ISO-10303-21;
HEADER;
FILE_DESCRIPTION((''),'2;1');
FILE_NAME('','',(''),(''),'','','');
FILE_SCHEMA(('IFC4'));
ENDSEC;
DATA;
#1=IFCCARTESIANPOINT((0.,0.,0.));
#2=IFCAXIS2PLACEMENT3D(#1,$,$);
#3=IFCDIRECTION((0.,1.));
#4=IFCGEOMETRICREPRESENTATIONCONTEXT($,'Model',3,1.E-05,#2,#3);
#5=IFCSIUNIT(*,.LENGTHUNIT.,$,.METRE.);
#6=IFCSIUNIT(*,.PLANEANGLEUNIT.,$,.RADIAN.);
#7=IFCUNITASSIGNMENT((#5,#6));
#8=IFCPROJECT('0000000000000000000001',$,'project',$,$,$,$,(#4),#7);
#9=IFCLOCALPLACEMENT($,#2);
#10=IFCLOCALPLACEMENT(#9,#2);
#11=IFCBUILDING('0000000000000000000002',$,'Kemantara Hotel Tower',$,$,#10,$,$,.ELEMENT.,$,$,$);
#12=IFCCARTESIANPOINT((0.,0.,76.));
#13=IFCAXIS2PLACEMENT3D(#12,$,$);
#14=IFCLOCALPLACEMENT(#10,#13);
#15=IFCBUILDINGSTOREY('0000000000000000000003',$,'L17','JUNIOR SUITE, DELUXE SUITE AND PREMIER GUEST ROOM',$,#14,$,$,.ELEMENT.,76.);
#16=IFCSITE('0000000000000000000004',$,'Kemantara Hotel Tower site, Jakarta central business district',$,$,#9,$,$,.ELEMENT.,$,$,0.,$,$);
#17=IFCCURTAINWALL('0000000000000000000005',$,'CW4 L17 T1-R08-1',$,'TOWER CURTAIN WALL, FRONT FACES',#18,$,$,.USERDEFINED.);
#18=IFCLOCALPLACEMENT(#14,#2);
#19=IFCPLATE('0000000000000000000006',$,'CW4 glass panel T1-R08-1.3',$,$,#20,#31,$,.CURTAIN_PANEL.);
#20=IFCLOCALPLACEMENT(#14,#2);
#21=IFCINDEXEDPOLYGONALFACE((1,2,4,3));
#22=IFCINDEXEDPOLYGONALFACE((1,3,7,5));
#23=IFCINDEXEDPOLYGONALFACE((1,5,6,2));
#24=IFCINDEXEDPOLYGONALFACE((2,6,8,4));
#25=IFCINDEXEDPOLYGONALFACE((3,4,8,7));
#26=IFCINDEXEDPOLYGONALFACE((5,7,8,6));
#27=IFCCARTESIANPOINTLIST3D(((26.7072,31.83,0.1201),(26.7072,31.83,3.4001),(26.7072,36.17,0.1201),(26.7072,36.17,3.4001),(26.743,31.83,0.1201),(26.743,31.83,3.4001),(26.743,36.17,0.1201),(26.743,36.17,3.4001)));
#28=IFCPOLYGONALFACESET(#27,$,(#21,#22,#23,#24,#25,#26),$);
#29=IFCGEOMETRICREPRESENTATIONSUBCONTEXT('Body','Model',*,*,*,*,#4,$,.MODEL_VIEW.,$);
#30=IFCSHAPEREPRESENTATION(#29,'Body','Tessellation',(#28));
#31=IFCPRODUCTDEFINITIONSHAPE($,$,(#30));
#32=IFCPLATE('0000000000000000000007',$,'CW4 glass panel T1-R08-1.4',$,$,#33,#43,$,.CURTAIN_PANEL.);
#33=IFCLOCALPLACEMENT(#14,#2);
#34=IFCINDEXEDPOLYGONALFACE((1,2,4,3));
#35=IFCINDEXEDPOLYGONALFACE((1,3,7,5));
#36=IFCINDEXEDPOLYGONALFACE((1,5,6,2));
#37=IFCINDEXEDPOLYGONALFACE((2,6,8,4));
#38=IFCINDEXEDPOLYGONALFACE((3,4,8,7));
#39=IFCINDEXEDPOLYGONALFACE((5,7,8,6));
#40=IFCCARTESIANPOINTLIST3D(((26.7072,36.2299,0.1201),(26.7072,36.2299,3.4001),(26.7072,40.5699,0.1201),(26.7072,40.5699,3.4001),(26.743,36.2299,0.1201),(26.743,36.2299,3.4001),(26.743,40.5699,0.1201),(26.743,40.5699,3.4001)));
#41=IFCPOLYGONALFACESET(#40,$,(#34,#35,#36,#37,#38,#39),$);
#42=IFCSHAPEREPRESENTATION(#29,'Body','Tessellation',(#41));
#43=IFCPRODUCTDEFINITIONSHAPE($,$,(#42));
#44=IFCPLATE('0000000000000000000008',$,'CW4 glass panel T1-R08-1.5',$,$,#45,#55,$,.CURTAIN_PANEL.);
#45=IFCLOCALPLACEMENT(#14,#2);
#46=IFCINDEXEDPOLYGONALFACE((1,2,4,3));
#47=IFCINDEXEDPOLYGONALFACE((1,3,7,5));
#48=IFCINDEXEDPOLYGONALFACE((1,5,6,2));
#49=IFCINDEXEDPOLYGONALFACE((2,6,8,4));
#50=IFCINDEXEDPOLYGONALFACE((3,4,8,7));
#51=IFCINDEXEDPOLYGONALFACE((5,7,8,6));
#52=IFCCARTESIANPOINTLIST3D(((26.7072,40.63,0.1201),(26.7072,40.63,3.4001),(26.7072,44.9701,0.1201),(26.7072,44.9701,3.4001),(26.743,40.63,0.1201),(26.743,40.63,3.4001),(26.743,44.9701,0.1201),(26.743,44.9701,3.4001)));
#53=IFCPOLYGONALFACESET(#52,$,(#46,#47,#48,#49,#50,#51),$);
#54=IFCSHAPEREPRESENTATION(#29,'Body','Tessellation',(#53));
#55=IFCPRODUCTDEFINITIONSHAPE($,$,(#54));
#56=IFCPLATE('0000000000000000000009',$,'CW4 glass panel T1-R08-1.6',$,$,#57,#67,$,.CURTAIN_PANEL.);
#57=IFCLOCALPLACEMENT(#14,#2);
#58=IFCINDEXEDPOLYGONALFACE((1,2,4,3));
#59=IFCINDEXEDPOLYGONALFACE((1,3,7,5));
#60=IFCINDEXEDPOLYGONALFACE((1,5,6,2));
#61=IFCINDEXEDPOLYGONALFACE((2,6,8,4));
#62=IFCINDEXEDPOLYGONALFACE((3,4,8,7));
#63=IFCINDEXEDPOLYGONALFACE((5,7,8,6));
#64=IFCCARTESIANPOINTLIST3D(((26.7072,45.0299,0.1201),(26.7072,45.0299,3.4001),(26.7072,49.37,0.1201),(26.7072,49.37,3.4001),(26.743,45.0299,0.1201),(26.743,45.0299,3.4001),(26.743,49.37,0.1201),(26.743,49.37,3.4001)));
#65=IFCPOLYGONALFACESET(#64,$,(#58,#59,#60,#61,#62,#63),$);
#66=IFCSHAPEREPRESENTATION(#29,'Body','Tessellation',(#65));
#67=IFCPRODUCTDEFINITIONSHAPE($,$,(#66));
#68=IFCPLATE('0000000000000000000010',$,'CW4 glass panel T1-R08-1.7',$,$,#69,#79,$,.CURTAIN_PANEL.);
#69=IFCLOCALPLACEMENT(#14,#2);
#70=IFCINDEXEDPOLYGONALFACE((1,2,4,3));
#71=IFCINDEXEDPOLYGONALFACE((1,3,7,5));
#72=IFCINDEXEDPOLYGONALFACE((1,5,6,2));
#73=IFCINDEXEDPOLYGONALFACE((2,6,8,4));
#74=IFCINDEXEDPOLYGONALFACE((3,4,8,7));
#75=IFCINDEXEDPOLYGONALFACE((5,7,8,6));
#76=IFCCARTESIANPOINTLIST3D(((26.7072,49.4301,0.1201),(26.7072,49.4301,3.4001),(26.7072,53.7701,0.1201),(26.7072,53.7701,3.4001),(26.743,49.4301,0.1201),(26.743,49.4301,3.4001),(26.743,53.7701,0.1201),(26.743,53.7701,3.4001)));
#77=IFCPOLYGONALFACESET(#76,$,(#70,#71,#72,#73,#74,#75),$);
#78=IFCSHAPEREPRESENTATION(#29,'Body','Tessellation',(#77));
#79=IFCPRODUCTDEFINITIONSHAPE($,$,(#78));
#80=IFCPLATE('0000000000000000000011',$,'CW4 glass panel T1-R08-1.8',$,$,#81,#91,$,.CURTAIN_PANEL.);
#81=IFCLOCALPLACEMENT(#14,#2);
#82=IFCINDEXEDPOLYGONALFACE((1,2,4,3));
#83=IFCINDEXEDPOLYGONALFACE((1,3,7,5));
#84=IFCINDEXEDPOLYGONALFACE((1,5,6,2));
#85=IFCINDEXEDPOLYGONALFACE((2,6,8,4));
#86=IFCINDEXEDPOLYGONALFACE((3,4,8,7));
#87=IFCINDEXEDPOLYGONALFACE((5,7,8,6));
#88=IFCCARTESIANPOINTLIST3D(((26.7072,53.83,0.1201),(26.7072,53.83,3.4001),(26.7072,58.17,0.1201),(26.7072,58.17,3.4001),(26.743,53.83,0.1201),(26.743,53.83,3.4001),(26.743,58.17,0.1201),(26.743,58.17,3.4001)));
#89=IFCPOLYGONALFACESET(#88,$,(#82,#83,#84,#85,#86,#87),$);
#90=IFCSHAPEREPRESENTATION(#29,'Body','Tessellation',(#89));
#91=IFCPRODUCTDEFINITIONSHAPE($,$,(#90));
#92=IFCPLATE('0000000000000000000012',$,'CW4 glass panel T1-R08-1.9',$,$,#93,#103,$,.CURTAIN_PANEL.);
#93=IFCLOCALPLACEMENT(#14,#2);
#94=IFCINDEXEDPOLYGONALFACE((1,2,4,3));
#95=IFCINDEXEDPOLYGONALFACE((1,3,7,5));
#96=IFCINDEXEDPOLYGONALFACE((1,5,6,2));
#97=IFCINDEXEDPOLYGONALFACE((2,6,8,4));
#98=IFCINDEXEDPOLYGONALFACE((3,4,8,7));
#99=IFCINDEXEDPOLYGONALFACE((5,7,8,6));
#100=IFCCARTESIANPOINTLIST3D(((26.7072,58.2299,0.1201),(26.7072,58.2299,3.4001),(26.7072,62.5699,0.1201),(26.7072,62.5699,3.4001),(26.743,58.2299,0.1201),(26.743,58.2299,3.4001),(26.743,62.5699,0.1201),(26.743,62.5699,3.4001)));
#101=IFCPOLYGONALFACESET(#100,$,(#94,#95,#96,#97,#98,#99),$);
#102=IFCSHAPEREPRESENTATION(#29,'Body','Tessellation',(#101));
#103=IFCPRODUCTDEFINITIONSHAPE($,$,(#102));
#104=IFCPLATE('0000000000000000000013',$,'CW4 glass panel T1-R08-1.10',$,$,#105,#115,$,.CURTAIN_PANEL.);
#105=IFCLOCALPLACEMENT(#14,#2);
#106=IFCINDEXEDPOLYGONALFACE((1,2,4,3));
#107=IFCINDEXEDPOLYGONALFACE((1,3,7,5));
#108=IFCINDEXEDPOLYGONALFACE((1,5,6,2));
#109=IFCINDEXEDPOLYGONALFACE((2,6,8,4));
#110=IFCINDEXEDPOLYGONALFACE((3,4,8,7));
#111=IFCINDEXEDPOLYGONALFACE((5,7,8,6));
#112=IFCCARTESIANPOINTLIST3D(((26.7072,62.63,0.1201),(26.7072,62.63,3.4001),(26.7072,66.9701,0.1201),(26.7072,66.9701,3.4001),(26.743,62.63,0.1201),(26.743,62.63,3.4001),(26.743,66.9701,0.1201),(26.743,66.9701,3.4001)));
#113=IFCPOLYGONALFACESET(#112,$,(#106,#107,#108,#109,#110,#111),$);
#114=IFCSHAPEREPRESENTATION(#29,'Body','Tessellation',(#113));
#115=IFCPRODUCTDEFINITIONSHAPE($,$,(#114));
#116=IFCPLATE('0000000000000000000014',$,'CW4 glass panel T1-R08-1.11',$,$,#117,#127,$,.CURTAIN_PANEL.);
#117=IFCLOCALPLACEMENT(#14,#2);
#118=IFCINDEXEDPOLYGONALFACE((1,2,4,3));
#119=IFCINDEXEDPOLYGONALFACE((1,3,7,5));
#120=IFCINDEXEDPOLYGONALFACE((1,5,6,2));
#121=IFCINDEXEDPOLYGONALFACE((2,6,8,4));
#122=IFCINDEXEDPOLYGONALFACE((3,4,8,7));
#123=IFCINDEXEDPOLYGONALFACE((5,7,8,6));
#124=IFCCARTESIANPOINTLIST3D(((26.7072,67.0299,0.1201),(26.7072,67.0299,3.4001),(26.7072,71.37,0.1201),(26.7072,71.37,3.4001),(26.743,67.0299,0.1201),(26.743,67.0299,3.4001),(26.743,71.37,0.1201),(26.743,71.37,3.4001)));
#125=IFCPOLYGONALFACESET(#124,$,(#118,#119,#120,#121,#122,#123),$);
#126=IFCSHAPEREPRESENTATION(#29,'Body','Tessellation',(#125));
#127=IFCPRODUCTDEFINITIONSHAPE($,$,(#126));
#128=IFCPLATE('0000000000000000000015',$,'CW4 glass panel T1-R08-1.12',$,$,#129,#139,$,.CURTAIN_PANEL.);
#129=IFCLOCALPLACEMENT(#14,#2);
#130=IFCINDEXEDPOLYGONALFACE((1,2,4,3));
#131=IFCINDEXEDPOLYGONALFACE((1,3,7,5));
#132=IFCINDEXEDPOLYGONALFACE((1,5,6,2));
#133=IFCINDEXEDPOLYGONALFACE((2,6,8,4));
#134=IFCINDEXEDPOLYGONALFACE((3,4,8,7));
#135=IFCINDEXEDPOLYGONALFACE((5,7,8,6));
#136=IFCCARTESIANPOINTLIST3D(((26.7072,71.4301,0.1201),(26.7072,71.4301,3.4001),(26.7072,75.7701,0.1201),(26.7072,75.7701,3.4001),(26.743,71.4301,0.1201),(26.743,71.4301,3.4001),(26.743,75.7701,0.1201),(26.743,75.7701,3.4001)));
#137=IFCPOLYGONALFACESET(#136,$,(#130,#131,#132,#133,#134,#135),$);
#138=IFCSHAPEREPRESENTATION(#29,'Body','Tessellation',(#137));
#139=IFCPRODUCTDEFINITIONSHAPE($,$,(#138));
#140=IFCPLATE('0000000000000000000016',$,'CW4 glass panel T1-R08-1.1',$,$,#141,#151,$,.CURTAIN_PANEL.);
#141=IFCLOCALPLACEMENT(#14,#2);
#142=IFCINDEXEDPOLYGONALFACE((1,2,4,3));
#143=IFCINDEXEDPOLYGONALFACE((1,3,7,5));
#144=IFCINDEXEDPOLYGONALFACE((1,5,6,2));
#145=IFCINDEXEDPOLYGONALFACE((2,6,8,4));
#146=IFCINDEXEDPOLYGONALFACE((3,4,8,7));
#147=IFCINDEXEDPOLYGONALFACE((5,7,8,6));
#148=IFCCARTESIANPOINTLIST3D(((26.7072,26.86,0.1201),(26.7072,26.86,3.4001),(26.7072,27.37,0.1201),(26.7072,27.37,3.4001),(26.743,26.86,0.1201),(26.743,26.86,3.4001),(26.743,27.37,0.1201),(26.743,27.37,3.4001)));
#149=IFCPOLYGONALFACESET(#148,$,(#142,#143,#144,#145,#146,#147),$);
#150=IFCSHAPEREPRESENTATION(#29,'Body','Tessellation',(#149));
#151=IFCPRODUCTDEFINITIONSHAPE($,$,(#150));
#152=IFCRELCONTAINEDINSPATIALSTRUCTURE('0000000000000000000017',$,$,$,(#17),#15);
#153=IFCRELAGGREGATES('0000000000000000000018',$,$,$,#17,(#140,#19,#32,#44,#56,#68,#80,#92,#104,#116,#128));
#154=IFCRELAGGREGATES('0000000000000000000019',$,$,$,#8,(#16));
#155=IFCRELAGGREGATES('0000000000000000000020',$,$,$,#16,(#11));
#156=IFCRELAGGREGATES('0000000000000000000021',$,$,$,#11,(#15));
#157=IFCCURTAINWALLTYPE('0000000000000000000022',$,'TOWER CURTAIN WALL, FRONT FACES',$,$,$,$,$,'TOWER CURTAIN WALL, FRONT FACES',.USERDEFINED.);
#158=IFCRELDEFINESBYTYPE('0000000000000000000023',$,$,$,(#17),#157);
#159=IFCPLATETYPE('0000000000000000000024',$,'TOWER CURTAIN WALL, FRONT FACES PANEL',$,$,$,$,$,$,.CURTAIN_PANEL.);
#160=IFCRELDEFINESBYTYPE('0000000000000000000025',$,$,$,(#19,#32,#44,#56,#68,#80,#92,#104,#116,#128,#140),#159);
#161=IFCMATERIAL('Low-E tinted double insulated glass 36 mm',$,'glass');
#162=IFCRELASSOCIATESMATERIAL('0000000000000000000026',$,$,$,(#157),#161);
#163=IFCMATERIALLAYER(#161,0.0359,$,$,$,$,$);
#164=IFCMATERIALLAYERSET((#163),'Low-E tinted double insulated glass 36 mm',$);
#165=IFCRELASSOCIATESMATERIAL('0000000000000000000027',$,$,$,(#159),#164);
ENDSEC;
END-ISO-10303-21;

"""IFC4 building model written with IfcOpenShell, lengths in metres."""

from ifc_helpers import new_model, si_unit, direction, frame, origin, origin_2d, place, context, subcontext, project, spatial, rectangle, extrude, source, transform, mapped, material, layer, layer_set, type_object, element, aggregate, save


model = new_model("IFC4")

# Units and contexts
model_context = context("Model", 3, precision=1e-05, world=origin(), true_north=direction((0.0, 1.0)))
body_context = subcontext(model_context, "Body", "Model", "MODEL_VIEW")
ifc_project = project(units=[si_unit("LENGTHUNIT", "METRE"), si_unit("PLANEANGLEUNIT", "RADIAN")], contexts=[model_context])

# Site, building, storey
site_placement = place(None, origin())
site = spatial("IfcSite", under=ifc_project, at=site_placement, Name="Kemantara Hotel Tower site, Jakarta central business district", CompositionType="ELEMENT", RefElevation=0.0)
building_placement = place(site_placement, origin())
building = spatial("IfcBuilding", under=site, at=building_placement, Name="Kemantara Hotel Tower", CompositionType="ELEMENT")
storey_placement = place(building_placement, frame((0.0, 0.0, 76.0)))
storey = spatial("IfcBuildingStorey", under=building, at=storey_placement, Name="L17", Description="JUNIOR SUITE, DELUXE SUITE AND PREMIER GUEST ROOM", CompositionType="ELEMENT", Elevation=76.0)

# Curtain wall
ifc_material_1 = material(Name="Low-E tinted double insulated glass 36 mm", Category="glass")
curtain_wall_type = type_object("IfcCurtainWallType", Name="TOWER CURTAIN WALL, FRONT FACES", ElementType="TOWER CURTAIN WALL, FRONT FACES", PredefinedType="USERDEFINED", material=ifc_material_1)
curtain_wall_1_placement = place(storey_placement, origin())
curtain_wall_1 = element("IfcCurtainWall", 1, at=curtain_wall_1_placement, inside=storey, type_object=curtain_wall_type, Name="CW4 L17 T1-R08-1", ObjectType="TOWER CURTAIN WALL, FRONT FACES", PredefinedType="USERDEFINED")

# Plates
ifc_layer = layer(ifc_material_1, 0.0359)
ifc_layer_set = layer_set([ifc_layer], Name="Low-E tinted double insulated glass 36 mm")
plate_type = type_object("IfcPlateType", Name="TOWER CURTAIN WALL, FRONT FACES PANEL", PredefinedType="CURTAIN_PANEL", material=ifc_layer_set)
shared_shape_1 = source(origin(), body_context, "Body", "SweptSolid", [
    extrude(rectangle(XDim=4.3401, YDim=0.0359, at=origin_2d()), origin(), (0.0, 0.0, 1.0), 3.28),
])
plate_1_placement = place(storey_placement, frame((26.7251, 34.0, 0.1201), z_axis=(0.0, 0.0, 1.0), x_axis=(0.0, 1.0, 0.0)))
plate_1 = element("IfcPlate", 2, at=plate_1_placement, type_object=plate_type, Name="CW4 glass panel T1-R08-1.3", PredefinedType="CURTAIN_PANEL", context=body_context, shape_type="MappedRepresentation", body=[
    mapped(shared_shape_1, transform((0.0, 0.0, 0.0))),
])
plate_2_placement = place(storey_placement, frame((26.7251, 38.3999, 0.1201), z_axis=(0.0, 0.0, 1.0), x_axis=(0.0, 1.0, 0.0)))
plate_2 = element("IfcPlate", 3, at=plate_2_placement, type_object=plate_type, Name="CW4 glass panel T1-R08-1.4", PredefinedType="CURTAIN_PANEL", context=body_context, shape_type="MappedRepresentation", body=[
    mapped(shared_shape_1, transform((0.0, 0.0, 0.0))),
])
plate_3_placement = place(storey_placement, frame((26.7251, 42.8, 0.1201), z_axis=(0.0, 0.0, 1.0), x_axis=(0.0, 1.0, 0.0)))
plate_3 = element("IfcPlate", 4, at=plate_3_placement, type_object=plate_type, Name="CW4 glass panel T1-R08-1.5", PredefinedType="CURTAIN_PANEL", context=body_context, shape_type="MappedRepresentation", body=[
    mapped(shared_shape_1, transform((0.0, 0.0, 0.0))),
])
plate_4_placement = place(storey_placement, frame((26.7251, 47.2, 0.1201), z_axis=(0.0, 0.0, 1.0), x_axis=(0.0, 1.0, 0.0)))
plate_4 = element("IfcPlate", 5, at=plate_4_placement, type_object=plate_type, Name="CW4 glass panel T1-R08-1.6", PredefinedType="CURTAIN_PANEL", context=body_context, shape_type="MappedRepresentation", body=[
    mapped(shared_shape_1, transform((0.0, 0.0, 0.0))),
])
plate_5_placement = place(storey_placement, frame((26.7251, 51.6001, 0.1201), z_axis=(0.0, 0.0, 1.0), x_axis=(0.0, 1.0, 0.0)))
plate_5 = element("IfcPlate", 6, at=plate_5_placement, type_object=plate_type, Name="CW4 glass panel T1-R08-1.7", PredefinedType="CURTAIN_PANEL", context=body_context, shape_type="MappedRepresentation", body=[
    mapped(shared_shape_1, transform((0.0, 0.0, 0.0))),
])
plate_6_placement = place(storey_placement, frame((26.7251, 56.0, 0.1201), z_axis=(0.0, 0.0, 1.0), x_axis=(0.0, 1.0, 0.0)))
plate_6 = element("IfcPlate", 7, at=plate_6_placement, type_object=plate_type, Name="CW4 glass panel T1-R08-1.8", PredefinedType="CURTAIN_PANEL", context=body_context, shape_type="MappedRepresentation", body=[
    mapped(shared_shape_1, transform((0.0, 0.0, 0.0))),
])
plate_7_placement = place(storey_placement, frame((26.7251, 60.3999, 0.1201), z_axis=(0.0, 0.0, 1.0), x_axis=(0.0, 1.0, 0.0)))
plate_7 = element("IfcPlate", 8, at=plate_7_placement, type_object=plate_type, Name="CW4 glass panel T1-R08-1.9", PredefinedType="CURTAIN_PANEL", context=body_context, shape_type="MappedRepresentation", body=[
    mapped(shared_shape_1, transform((0.0, 0.0, 0.0))),
])
plate_8_placement = place(storey_placement, frame((26.7251, 64.8, 0.1201), z_axis=(0.0, 0.0, 1.0), x_axis=(0.0, 1.0, 0.0)))
plate_8 = element("IfcPlate", 9, at=plate_8_placement, type_object=plate_type, Name="CW4 glass panel T1-R08-1.10", PredefinedType="CURTAIN_PANEL", context=body_context, shape_type="MappedRepresentation", body=[
    mapped(shared_shape_1, transform((0.0, 0.0, 0.0))),
])
plate_9_placement = place(storey_placement, frame((26.7251, 69.2, 0.1201), z_axis=(0.0, 0.0, 1.0), x_axis=(0.0, 1.0, 0.0)))
plate_9 = element("IfcPlate", 10, at=plate_9_placement, type_object=plate_type, Name="CW4 glass panel T1-R08-1.11", PredefinedType="CURTAIN_PANEL", context=body_context, shape_type="MappedRepresentation", body=[
    mapped(shared_shape_1, transform((0.0, 0.0, 0.0))),
])
plate_10_placement = place(storey_placement, frame((26.7251, 73.6001, 0.1201), z_axis=(0.0, 0.0, 1.0), x_axis=(0.0, 1.0, 0.0)))
plate_10 = element("IfcPlate", 11, at=plate_10_placement, type_object=plate_type, Name="CW4 glass panel T1-R08-1.12", PredefinedType="CURTAIN_PANEL", context=body_context, shape_type="MappedRepresentation", body=[
    mapped(shared_shape_1, transform((0.0, 0.0, 0.0))),
])
shared_shape_2 = source(origin(), body_context, "Body", "SweptSolid", [
    extrude(rectangle(XDim=0.51, YDim=0.0359, at=origin_2d()), origin(), (0.0, 0.0, 1.0), 3.28),
])
plate_11_placement = place(storey_placement, frame((26.7251, 27.115, 0.1201), z_axis=(0.0, 0.0, 1.0), x_axis=(0.0, 1.0, 0.0)))
plate_11 = element("IfcPlate", 12, at=plate_11_placement, type_object=plate_type, Name="CW4 glass panel T1-R08-1.1", PredefinedType="CURTAIN_PANEL", context=body_context, shape_type="MappedRepresentation", body=[
    mapped(shared_shape_2, transform((0.0, 0.0, 0.0))),
])
aggregate(curtain_wall_1, [plate_11, plate_1, plate_2, plate_3, plate_4, plate_5, plate_6, plate_7, plate_8, plate_9, plate_10])

save(model, "model.ifc")
